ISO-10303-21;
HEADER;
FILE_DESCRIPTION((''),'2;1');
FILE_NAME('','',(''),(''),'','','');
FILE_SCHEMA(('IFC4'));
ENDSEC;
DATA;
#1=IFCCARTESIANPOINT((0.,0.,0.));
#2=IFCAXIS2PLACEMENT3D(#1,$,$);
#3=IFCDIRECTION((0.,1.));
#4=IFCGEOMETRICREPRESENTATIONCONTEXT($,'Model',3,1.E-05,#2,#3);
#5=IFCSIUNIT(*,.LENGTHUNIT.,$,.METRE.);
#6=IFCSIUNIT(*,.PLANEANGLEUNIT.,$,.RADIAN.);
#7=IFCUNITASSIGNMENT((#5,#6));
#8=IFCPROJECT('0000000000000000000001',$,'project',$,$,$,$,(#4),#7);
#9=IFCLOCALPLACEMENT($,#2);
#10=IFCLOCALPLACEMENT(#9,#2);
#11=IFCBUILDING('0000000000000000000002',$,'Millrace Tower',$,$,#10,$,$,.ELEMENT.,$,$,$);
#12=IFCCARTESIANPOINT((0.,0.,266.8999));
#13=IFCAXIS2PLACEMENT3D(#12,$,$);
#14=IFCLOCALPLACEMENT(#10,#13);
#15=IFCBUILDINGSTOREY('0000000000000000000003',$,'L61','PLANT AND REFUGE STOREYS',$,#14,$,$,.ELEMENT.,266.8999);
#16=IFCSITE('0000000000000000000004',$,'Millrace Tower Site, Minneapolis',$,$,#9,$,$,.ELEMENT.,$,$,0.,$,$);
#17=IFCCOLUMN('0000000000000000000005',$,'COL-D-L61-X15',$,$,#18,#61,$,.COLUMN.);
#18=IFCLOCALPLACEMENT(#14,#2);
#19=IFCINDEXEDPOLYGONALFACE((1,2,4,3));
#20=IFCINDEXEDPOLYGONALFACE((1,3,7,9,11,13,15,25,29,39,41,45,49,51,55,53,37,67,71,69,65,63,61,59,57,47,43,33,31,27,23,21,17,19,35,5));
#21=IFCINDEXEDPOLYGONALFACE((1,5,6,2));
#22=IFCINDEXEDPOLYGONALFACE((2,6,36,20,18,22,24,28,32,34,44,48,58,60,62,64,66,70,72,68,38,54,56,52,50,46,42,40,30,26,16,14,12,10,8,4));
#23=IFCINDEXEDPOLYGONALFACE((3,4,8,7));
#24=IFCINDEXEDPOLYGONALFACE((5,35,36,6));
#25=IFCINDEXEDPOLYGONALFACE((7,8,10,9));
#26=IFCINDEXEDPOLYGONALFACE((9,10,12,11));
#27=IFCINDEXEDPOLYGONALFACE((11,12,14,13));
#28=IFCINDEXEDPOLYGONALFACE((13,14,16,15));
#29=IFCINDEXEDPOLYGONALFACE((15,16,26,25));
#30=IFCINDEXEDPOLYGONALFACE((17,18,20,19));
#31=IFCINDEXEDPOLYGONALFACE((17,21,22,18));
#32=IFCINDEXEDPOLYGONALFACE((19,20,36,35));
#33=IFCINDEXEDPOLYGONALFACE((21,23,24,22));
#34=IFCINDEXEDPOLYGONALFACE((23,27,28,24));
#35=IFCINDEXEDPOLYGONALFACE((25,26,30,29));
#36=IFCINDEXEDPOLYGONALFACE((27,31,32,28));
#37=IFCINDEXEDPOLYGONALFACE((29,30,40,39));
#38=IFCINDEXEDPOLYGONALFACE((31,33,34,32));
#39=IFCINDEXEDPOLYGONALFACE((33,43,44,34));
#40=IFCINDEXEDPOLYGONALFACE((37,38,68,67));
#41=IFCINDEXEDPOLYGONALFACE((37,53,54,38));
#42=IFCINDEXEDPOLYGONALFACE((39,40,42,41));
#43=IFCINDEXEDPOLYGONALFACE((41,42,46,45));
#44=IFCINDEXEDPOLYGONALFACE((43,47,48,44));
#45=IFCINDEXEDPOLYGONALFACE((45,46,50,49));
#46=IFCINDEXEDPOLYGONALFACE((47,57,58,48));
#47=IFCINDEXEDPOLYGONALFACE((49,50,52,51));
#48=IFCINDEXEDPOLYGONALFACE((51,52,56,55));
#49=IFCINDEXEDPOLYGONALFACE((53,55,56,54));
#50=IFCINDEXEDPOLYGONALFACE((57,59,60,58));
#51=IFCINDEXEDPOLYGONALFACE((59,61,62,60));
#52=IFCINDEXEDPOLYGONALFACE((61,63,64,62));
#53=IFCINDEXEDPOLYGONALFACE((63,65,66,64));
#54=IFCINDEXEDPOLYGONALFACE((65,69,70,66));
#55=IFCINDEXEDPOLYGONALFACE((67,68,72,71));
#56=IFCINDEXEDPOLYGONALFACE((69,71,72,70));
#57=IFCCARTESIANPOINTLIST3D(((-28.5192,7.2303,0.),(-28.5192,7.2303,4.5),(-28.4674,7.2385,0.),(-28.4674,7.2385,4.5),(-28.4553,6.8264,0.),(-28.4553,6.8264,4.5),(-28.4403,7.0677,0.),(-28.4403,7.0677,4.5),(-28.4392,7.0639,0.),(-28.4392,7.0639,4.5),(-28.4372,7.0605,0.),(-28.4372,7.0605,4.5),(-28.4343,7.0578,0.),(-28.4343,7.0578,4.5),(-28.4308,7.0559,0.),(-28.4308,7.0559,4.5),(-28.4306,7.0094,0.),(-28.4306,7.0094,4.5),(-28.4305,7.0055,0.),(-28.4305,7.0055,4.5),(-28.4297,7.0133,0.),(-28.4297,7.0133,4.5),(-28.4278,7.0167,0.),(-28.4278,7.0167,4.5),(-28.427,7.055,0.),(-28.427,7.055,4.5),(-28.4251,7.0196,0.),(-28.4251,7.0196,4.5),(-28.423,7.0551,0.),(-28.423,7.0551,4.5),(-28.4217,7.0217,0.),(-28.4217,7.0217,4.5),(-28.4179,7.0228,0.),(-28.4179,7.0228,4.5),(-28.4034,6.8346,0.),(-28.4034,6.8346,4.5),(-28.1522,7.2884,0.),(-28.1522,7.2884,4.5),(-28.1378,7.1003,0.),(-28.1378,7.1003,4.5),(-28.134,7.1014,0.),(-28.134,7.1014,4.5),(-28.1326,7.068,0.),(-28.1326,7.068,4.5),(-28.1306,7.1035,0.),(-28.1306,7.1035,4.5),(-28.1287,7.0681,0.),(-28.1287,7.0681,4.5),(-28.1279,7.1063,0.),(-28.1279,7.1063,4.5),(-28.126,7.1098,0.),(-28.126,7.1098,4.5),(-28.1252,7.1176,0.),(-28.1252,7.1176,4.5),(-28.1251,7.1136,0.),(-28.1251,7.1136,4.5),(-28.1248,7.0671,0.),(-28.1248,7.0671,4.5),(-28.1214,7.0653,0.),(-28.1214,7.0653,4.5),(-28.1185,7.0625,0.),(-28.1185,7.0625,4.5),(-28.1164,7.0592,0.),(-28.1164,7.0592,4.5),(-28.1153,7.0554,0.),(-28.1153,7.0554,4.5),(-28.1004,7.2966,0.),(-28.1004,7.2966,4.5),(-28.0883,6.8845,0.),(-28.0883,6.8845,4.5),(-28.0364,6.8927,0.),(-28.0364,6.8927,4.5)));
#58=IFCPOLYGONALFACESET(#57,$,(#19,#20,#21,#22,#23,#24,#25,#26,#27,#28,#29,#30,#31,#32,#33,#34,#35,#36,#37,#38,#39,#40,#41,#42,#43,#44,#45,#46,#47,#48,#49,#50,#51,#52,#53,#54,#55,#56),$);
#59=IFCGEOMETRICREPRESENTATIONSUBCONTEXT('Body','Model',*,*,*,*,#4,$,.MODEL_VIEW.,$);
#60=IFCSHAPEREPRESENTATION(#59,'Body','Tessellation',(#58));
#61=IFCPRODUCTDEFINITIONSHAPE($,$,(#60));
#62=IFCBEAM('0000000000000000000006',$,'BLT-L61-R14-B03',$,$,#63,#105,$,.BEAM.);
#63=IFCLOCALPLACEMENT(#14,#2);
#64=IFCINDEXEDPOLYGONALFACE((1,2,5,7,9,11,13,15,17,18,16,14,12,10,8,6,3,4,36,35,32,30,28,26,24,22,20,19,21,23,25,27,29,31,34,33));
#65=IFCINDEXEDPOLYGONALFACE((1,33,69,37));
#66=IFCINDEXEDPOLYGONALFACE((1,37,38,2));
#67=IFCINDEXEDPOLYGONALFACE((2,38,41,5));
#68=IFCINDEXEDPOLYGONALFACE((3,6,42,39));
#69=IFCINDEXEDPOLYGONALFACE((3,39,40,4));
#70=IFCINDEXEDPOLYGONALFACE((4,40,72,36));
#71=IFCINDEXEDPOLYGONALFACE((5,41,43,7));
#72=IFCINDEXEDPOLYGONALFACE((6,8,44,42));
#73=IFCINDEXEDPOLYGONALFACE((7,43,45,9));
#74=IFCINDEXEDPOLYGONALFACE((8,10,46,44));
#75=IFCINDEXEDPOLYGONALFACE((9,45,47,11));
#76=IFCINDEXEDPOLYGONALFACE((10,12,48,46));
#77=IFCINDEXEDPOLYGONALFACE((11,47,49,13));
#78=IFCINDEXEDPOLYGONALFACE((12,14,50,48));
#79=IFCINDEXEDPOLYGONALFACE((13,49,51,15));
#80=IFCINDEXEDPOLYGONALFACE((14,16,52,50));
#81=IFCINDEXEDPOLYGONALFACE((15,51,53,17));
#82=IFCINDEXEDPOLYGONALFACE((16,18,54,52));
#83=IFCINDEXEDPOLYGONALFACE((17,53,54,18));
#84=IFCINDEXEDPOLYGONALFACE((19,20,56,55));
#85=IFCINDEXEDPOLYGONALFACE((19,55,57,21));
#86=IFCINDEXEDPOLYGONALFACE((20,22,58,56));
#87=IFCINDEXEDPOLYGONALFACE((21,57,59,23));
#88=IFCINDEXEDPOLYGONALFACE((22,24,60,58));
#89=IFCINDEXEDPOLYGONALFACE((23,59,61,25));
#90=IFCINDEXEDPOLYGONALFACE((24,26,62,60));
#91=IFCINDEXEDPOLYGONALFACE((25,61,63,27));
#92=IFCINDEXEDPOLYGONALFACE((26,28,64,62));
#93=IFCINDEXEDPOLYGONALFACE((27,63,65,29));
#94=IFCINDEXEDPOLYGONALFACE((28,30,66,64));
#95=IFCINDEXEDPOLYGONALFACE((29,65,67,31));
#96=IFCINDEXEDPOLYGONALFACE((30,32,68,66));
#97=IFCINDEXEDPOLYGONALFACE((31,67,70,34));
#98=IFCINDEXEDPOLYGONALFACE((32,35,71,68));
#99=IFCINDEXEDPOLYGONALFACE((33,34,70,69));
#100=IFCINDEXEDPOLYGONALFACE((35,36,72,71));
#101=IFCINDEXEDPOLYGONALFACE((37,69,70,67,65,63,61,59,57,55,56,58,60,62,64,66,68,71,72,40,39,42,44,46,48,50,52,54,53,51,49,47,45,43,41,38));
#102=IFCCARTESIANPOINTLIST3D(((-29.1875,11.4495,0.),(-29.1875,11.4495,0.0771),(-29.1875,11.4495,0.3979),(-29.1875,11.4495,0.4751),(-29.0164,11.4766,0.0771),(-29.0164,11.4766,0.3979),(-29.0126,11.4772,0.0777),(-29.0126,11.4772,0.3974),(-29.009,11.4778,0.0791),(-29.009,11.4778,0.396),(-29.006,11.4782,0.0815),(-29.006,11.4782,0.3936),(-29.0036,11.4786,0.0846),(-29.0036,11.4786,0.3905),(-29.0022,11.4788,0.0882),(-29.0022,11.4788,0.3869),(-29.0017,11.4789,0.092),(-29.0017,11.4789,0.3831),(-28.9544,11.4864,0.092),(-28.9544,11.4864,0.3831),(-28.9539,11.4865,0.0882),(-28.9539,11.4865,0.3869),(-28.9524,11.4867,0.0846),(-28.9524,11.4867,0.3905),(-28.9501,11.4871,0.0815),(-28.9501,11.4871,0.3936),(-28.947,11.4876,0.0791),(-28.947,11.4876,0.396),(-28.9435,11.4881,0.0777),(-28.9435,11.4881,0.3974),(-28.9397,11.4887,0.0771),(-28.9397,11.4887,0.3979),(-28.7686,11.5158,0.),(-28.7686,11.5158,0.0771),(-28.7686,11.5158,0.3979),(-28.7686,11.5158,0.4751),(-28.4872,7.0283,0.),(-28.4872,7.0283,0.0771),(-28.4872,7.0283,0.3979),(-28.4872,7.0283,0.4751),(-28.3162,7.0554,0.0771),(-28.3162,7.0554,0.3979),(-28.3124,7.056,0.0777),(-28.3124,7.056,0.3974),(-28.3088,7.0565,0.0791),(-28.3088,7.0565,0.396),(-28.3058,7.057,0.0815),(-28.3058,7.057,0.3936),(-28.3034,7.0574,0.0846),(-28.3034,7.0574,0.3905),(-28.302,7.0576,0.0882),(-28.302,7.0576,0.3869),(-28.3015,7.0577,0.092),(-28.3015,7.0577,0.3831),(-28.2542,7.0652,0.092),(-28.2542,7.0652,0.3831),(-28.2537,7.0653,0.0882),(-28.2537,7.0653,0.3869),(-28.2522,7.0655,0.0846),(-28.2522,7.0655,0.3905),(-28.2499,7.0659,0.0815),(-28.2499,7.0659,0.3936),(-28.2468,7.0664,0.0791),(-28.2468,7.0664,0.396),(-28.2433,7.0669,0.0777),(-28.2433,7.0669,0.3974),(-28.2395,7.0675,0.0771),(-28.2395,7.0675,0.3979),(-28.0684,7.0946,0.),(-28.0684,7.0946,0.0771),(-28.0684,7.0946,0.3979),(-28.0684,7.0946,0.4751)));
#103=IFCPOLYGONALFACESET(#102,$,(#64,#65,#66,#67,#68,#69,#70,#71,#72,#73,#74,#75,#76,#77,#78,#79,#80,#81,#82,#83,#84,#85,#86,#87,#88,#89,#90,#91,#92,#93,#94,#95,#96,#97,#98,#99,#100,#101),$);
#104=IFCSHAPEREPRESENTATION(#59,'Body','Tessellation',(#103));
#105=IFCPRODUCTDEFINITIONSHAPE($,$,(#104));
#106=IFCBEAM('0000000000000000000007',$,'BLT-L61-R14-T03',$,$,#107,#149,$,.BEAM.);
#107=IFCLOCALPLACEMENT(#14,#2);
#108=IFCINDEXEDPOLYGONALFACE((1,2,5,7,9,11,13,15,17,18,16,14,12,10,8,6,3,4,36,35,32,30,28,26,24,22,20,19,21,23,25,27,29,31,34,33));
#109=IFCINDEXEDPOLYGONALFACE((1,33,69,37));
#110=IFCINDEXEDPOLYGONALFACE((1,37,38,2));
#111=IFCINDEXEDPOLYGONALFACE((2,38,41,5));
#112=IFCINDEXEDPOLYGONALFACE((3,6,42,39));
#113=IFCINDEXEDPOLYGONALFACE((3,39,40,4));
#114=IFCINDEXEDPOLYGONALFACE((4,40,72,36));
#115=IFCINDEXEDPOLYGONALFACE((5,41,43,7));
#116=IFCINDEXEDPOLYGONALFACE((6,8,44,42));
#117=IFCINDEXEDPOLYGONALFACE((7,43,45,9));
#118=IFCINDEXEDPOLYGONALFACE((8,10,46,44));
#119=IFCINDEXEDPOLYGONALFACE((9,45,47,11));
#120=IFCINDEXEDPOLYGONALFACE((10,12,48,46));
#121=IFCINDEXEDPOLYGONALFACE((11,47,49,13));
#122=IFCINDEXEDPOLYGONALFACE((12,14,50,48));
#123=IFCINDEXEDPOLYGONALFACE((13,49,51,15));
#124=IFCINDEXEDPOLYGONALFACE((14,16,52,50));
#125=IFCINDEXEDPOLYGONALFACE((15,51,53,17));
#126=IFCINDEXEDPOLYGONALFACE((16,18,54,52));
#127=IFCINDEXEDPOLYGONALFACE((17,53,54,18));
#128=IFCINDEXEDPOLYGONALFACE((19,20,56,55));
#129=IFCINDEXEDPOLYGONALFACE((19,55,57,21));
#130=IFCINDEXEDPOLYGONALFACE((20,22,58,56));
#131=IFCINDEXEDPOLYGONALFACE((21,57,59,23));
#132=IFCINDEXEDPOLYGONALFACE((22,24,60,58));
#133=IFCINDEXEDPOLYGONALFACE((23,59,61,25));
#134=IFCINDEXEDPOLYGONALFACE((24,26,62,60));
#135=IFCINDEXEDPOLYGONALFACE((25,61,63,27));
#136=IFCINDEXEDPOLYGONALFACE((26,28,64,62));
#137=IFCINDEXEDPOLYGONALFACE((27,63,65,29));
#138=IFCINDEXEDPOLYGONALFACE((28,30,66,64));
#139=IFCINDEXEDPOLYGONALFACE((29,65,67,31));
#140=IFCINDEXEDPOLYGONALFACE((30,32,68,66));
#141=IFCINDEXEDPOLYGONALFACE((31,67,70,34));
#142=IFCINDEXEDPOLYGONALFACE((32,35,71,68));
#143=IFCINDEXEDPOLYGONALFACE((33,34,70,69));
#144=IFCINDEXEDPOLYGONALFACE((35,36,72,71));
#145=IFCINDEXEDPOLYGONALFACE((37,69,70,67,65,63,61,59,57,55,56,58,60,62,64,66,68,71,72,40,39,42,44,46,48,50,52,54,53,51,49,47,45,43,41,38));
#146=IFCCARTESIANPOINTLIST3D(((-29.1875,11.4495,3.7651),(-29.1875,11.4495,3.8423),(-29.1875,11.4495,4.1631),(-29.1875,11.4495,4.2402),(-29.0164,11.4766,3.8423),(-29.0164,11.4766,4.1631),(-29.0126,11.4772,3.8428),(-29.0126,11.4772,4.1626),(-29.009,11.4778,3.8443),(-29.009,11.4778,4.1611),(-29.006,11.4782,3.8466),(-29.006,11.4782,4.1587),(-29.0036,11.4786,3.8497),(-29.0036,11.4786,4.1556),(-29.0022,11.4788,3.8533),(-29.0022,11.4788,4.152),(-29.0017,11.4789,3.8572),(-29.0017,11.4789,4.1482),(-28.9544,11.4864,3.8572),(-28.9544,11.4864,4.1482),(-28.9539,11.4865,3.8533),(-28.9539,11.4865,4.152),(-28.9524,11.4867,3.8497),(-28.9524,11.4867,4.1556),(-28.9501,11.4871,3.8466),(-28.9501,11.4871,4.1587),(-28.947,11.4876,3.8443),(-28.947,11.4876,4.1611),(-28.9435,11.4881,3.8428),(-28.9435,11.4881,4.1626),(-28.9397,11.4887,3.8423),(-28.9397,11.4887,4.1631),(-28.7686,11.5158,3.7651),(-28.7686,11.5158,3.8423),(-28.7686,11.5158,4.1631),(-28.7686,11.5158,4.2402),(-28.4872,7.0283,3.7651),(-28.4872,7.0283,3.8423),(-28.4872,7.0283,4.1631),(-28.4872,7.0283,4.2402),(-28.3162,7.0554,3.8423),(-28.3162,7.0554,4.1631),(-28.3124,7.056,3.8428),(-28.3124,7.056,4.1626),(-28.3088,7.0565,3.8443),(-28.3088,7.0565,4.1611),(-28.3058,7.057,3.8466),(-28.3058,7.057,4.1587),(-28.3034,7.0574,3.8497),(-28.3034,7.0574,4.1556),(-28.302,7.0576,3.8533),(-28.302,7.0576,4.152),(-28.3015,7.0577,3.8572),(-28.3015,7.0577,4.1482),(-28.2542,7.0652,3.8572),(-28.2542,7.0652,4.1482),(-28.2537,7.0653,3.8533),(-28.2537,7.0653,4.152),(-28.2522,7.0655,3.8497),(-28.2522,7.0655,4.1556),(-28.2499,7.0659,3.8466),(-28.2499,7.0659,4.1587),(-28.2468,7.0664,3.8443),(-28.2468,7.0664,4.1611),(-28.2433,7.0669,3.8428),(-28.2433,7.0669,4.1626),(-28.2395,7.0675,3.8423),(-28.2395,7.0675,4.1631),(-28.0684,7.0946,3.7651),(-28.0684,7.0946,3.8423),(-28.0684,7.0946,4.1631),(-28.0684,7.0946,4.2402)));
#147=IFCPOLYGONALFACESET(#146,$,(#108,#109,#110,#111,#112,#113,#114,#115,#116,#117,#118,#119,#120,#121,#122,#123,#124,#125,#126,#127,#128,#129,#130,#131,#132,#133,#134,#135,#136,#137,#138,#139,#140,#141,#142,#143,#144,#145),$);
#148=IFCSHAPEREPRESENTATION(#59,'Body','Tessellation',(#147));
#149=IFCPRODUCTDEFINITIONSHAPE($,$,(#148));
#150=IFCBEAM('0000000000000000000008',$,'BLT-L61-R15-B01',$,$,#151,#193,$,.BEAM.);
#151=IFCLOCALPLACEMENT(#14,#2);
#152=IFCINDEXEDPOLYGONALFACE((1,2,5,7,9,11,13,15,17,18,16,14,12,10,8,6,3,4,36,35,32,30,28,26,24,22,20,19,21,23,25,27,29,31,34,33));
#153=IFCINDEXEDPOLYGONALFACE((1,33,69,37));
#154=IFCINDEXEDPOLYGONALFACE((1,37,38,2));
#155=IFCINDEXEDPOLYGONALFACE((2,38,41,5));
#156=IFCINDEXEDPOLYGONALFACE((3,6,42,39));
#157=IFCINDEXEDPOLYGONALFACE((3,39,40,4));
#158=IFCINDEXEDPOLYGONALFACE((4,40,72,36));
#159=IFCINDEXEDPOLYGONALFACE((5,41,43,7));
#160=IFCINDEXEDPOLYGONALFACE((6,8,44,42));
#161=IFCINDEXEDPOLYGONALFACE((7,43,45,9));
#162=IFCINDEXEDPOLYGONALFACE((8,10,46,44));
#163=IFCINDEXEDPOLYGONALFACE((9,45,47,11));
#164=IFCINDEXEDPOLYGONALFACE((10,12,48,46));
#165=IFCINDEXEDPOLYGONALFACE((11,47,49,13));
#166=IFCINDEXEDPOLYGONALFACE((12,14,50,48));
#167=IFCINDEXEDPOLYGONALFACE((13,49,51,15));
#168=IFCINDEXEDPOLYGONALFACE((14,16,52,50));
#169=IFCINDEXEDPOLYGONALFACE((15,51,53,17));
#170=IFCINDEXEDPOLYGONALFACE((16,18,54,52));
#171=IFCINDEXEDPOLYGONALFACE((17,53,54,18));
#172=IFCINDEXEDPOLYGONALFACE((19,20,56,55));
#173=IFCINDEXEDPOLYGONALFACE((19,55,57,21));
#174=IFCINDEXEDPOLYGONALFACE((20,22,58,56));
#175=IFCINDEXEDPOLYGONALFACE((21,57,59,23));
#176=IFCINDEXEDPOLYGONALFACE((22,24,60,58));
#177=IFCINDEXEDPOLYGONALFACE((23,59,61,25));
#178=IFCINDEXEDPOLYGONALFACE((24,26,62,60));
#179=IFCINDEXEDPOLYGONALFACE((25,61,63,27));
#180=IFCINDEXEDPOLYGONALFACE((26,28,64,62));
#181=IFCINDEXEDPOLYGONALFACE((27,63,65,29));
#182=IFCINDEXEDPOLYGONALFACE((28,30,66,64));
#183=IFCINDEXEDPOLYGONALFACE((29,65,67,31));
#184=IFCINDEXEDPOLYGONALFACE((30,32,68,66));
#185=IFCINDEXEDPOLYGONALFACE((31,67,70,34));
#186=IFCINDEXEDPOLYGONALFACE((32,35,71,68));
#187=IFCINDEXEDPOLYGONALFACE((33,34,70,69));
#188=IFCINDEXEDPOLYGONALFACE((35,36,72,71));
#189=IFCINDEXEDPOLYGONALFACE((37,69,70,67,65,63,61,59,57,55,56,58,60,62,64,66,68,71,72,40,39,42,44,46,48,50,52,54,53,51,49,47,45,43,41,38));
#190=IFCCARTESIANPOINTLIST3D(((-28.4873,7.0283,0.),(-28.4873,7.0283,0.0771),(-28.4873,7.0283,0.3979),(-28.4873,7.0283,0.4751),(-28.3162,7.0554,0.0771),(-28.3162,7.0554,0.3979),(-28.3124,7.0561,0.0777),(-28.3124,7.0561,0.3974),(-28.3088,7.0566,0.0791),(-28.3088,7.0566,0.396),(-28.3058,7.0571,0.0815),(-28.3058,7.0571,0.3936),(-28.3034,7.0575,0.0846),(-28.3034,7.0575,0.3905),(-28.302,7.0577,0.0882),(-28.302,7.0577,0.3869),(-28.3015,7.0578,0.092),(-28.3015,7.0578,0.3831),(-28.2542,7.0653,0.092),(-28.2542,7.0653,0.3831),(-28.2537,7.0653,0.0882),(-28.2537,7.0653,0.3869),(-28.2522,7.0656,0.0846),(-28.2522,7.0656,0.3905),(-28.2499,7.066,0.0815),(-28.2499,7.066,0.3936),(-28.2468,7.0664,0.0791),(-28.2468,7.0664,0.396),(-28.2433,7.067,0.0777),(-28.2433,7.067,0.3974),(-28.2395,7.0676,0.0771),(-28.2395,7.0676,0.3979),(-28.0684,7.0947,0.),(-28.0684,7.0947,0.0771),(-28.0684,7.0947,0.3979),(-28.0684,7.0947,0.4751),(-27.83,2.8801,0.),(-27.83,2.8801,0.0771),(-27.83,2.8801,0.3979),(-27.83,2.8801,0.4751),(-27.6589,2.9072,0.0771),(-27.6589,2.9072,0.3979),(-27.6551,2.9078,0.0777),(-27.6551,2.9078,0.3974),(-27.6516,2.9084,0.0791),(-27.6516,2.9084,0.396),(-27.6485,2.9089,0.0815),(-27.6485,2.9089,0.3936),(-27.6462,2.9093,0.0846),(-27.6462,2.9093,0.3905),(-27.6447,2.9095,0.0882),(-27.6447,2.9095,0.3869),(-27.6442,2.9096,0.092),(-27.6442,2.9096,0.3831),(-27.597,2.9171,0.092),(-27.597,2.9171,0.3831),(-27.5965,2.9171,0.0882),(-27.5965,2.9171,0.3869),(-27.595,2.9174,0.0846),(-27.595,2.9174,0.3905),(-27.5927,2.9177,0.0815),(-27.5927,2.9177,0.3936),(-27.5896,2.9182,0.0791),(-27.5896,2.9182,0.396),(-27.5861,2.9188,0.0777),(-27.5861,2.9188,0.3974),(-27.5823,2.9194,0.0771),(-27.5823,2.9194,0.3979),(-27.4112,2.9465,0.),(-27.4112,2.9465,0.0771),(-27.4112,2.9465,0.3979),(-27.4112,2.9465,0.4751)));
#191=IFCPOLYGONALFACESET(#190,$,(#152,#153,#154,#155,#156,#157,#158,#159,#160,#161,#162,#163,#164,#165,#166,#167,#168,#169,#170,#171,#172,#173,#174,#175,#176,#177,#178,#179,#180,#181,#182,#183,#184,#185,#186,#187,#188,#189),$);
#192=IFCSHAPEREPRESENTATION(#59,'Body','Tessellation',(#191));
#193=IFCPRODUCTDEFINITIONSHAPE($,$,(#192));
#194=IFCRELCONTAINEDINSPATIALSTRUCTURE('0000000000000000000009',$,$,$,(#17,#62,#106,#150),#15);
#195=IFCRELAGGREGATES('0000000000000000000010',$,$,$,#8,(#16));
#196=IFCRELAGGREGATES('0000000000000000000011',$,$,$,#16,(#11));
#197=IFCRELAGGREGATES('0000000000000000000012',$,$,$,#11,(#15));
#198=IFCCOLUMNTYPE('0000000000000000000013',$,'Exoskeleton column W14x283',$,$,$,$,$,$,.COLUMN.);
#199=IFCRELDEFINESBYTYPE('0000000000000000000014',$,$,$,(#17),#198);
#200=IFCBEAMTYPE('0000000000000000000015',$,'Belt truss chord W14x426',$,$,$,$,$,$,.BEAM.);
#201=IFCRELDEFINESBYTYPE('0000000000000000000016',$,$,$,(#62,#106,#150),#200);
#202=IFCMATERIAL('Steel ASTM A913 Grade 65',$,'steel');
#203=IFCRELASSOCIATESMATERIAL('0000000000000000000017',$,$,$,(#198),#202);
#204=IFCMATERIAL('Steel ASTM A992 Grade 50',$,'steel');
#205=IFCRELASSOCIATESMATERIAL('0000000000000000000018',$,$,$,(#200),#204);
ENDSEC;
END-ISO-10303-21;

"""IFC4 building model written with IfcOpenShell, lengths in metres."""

from ifc_helpers import new_model, si_unit, direction, frame, origin, origin_2d, place, context, subcontext, project, spatial, i_section, extrude, material, material_profile, profile_set, type_object, element, save


model = new_model("IFC4")

# Units and contexts
model_context = context("Model", 3, precision=1e-05, world=origin(), true_north=direction((0.0, 1.0)))
body_context = subcontext(model_context, "Body", "Model", "MODEL_VIEW")
ifc_project = project(units=[si_unit("LENGTHUNIT", "METRE"), si_unit("PLANEANGLEUNIT", "RADIAN")], contexts=[model_context])

# Site, building, storey
site_placement = place(None, origin())
site = spatial("IfcSite", under=ifc_project, at=site_placement, Name="Millrace Tower Site, Minneapolis", CompositionType="ELEMENT", RefElevation=0.0)
building_placement = place(site_placement, origin())
building = spatial("IfcBuilding", under=site, at=building_placement, Name="Millrace Tower", CompositionType="ELEMENT")
storey_placement = place(building_placement, frame((0.0, 0.0, 266.8999)))
storey = spatial("IfcBuildingStorey", under=building, at=storey_placement, Name="L61", Description="PLANT AND REFUGE STOREYS", CompositionType="ELEMENT", Elevation=266.8999)

# Column
ifc_material_1 = material(Name="Steel ASTM A913 Grade 65", Category="steel")
ifc_material_profile_1 = material_profile(ifc_material_1, i_section(OverallWidth=0.4089, OverallDepth=0.4241, WebThickness=0.0327, FlangeThickness=0.0525, FilletRadius=0.0151, at=origin_2d()))
ifc_profile_set_1 = profile_set([ifc_material_profile_1], Name="Steel ASTM A913 Grade 65")
column_type = type_object("IfcColumnType", Name="Exoskeleton column W14x283", PredefinedType="COLUMN", material=ifc_profile_set_1)
column_placement = place(storey_placement, frame((-28.2778, 7.0615, 0.0), z_axis=(0.0, 0.0, 1.0), x_axis=(0.156434, -0.987688, 0.0)))
element("IfcColumn", 1, at=column_placement, inside=storey, type_object=column_type, Name="COL-D-L61-X15", PredefinedType="COLUMN", context=body_context, shape_type="SweptSolid", body=[
    extrude(i_section(OverallWidth=0.4089, OverallDepth=0.4241, WebThickness=0.0327, FlangeThickness=0.0525, FilletRadius=0.0151, at=origin_2d()), origin(), (0.0, 0.0, 1.0), 4.5),
])

# Beams
ifc_material_2 = material(Name="Steel ASTM A992 Grade 50", Category="steel")
ifc_material_profile_2 = material_profile(ifc_material_2, i_section(OverallWidth=0.4241, OverallDepth=0.4751, WebThickness=0.0479, FlangeThickness=0.0771, FilletRadius=0.0149, at=origin_2d()))
ifc_profile_set_2 = profile_set([ifc_material_profile_2], Name="Steel ASTM A992 Grade 50")
beam_type_1 = type_object("IfcBeamType", Name="Belt truss chord W14x426", PredefinedType="BEAM", material=ifc_profile_set_2)
for number, where, z_axis, x_axis, name in (
    (2, (-28.978, 11.4827, 0.2375), (0.156425, -0.98769, 0.0), (0.98769, 0.156425, 0.0), "BLT-L61-R14-B03"),
    (3, (-28.978, 11.4827, 4.0027), (0.156425, -0.98769, 0.0), (0.98769, 0.156425, 0.0), "BLT-L61-R14-T03"),
):
    element("IfcBeam", number, at=place(storey_placement, frame(where, z_axis=z_axis, x_axis=x_axis)), inside=storey, type_object=beam_type_1, Name=name, PredefinedType="BEAM", context=body_context, shape_type="SweptSolid", body=[
        extrude(i_section(OverallWidth=0.4241, OverallDepth=0.4751, WebThickness=0.0479, FlangeThickness=0.0771, FilletRadius=0.0149, at=origin_2d()), origin(), (0.0, 0.0, 1.0), 4.4763),
    ])
beam_1_placement = place(storey_placement, frame((-28.2778, 7.0615, 0.2375), z_axis=(0.156485, -0.98768, 0.0), x_axis=(0.98768, 0.156485, 0.0)))
element("IfcBeam", 4, at=beam_1_placement, inside=storey, type_object=beam_type_1, Name="BLT-L61-R15-B01", PredefinedType="BEAM", context=body_context, shape_type="SweptSolid", body=[
    extrude(i_section(OverallWidth=0.4241, OverallDepth=0.4751, WebThickness=0.0479, FlangeThickness=0.0771, FilletRadius=0.0149, at=origin_2d()), origin(), (0.0, 0.0, 1.0), 4.2),
])

save(model, "model.ifc")
